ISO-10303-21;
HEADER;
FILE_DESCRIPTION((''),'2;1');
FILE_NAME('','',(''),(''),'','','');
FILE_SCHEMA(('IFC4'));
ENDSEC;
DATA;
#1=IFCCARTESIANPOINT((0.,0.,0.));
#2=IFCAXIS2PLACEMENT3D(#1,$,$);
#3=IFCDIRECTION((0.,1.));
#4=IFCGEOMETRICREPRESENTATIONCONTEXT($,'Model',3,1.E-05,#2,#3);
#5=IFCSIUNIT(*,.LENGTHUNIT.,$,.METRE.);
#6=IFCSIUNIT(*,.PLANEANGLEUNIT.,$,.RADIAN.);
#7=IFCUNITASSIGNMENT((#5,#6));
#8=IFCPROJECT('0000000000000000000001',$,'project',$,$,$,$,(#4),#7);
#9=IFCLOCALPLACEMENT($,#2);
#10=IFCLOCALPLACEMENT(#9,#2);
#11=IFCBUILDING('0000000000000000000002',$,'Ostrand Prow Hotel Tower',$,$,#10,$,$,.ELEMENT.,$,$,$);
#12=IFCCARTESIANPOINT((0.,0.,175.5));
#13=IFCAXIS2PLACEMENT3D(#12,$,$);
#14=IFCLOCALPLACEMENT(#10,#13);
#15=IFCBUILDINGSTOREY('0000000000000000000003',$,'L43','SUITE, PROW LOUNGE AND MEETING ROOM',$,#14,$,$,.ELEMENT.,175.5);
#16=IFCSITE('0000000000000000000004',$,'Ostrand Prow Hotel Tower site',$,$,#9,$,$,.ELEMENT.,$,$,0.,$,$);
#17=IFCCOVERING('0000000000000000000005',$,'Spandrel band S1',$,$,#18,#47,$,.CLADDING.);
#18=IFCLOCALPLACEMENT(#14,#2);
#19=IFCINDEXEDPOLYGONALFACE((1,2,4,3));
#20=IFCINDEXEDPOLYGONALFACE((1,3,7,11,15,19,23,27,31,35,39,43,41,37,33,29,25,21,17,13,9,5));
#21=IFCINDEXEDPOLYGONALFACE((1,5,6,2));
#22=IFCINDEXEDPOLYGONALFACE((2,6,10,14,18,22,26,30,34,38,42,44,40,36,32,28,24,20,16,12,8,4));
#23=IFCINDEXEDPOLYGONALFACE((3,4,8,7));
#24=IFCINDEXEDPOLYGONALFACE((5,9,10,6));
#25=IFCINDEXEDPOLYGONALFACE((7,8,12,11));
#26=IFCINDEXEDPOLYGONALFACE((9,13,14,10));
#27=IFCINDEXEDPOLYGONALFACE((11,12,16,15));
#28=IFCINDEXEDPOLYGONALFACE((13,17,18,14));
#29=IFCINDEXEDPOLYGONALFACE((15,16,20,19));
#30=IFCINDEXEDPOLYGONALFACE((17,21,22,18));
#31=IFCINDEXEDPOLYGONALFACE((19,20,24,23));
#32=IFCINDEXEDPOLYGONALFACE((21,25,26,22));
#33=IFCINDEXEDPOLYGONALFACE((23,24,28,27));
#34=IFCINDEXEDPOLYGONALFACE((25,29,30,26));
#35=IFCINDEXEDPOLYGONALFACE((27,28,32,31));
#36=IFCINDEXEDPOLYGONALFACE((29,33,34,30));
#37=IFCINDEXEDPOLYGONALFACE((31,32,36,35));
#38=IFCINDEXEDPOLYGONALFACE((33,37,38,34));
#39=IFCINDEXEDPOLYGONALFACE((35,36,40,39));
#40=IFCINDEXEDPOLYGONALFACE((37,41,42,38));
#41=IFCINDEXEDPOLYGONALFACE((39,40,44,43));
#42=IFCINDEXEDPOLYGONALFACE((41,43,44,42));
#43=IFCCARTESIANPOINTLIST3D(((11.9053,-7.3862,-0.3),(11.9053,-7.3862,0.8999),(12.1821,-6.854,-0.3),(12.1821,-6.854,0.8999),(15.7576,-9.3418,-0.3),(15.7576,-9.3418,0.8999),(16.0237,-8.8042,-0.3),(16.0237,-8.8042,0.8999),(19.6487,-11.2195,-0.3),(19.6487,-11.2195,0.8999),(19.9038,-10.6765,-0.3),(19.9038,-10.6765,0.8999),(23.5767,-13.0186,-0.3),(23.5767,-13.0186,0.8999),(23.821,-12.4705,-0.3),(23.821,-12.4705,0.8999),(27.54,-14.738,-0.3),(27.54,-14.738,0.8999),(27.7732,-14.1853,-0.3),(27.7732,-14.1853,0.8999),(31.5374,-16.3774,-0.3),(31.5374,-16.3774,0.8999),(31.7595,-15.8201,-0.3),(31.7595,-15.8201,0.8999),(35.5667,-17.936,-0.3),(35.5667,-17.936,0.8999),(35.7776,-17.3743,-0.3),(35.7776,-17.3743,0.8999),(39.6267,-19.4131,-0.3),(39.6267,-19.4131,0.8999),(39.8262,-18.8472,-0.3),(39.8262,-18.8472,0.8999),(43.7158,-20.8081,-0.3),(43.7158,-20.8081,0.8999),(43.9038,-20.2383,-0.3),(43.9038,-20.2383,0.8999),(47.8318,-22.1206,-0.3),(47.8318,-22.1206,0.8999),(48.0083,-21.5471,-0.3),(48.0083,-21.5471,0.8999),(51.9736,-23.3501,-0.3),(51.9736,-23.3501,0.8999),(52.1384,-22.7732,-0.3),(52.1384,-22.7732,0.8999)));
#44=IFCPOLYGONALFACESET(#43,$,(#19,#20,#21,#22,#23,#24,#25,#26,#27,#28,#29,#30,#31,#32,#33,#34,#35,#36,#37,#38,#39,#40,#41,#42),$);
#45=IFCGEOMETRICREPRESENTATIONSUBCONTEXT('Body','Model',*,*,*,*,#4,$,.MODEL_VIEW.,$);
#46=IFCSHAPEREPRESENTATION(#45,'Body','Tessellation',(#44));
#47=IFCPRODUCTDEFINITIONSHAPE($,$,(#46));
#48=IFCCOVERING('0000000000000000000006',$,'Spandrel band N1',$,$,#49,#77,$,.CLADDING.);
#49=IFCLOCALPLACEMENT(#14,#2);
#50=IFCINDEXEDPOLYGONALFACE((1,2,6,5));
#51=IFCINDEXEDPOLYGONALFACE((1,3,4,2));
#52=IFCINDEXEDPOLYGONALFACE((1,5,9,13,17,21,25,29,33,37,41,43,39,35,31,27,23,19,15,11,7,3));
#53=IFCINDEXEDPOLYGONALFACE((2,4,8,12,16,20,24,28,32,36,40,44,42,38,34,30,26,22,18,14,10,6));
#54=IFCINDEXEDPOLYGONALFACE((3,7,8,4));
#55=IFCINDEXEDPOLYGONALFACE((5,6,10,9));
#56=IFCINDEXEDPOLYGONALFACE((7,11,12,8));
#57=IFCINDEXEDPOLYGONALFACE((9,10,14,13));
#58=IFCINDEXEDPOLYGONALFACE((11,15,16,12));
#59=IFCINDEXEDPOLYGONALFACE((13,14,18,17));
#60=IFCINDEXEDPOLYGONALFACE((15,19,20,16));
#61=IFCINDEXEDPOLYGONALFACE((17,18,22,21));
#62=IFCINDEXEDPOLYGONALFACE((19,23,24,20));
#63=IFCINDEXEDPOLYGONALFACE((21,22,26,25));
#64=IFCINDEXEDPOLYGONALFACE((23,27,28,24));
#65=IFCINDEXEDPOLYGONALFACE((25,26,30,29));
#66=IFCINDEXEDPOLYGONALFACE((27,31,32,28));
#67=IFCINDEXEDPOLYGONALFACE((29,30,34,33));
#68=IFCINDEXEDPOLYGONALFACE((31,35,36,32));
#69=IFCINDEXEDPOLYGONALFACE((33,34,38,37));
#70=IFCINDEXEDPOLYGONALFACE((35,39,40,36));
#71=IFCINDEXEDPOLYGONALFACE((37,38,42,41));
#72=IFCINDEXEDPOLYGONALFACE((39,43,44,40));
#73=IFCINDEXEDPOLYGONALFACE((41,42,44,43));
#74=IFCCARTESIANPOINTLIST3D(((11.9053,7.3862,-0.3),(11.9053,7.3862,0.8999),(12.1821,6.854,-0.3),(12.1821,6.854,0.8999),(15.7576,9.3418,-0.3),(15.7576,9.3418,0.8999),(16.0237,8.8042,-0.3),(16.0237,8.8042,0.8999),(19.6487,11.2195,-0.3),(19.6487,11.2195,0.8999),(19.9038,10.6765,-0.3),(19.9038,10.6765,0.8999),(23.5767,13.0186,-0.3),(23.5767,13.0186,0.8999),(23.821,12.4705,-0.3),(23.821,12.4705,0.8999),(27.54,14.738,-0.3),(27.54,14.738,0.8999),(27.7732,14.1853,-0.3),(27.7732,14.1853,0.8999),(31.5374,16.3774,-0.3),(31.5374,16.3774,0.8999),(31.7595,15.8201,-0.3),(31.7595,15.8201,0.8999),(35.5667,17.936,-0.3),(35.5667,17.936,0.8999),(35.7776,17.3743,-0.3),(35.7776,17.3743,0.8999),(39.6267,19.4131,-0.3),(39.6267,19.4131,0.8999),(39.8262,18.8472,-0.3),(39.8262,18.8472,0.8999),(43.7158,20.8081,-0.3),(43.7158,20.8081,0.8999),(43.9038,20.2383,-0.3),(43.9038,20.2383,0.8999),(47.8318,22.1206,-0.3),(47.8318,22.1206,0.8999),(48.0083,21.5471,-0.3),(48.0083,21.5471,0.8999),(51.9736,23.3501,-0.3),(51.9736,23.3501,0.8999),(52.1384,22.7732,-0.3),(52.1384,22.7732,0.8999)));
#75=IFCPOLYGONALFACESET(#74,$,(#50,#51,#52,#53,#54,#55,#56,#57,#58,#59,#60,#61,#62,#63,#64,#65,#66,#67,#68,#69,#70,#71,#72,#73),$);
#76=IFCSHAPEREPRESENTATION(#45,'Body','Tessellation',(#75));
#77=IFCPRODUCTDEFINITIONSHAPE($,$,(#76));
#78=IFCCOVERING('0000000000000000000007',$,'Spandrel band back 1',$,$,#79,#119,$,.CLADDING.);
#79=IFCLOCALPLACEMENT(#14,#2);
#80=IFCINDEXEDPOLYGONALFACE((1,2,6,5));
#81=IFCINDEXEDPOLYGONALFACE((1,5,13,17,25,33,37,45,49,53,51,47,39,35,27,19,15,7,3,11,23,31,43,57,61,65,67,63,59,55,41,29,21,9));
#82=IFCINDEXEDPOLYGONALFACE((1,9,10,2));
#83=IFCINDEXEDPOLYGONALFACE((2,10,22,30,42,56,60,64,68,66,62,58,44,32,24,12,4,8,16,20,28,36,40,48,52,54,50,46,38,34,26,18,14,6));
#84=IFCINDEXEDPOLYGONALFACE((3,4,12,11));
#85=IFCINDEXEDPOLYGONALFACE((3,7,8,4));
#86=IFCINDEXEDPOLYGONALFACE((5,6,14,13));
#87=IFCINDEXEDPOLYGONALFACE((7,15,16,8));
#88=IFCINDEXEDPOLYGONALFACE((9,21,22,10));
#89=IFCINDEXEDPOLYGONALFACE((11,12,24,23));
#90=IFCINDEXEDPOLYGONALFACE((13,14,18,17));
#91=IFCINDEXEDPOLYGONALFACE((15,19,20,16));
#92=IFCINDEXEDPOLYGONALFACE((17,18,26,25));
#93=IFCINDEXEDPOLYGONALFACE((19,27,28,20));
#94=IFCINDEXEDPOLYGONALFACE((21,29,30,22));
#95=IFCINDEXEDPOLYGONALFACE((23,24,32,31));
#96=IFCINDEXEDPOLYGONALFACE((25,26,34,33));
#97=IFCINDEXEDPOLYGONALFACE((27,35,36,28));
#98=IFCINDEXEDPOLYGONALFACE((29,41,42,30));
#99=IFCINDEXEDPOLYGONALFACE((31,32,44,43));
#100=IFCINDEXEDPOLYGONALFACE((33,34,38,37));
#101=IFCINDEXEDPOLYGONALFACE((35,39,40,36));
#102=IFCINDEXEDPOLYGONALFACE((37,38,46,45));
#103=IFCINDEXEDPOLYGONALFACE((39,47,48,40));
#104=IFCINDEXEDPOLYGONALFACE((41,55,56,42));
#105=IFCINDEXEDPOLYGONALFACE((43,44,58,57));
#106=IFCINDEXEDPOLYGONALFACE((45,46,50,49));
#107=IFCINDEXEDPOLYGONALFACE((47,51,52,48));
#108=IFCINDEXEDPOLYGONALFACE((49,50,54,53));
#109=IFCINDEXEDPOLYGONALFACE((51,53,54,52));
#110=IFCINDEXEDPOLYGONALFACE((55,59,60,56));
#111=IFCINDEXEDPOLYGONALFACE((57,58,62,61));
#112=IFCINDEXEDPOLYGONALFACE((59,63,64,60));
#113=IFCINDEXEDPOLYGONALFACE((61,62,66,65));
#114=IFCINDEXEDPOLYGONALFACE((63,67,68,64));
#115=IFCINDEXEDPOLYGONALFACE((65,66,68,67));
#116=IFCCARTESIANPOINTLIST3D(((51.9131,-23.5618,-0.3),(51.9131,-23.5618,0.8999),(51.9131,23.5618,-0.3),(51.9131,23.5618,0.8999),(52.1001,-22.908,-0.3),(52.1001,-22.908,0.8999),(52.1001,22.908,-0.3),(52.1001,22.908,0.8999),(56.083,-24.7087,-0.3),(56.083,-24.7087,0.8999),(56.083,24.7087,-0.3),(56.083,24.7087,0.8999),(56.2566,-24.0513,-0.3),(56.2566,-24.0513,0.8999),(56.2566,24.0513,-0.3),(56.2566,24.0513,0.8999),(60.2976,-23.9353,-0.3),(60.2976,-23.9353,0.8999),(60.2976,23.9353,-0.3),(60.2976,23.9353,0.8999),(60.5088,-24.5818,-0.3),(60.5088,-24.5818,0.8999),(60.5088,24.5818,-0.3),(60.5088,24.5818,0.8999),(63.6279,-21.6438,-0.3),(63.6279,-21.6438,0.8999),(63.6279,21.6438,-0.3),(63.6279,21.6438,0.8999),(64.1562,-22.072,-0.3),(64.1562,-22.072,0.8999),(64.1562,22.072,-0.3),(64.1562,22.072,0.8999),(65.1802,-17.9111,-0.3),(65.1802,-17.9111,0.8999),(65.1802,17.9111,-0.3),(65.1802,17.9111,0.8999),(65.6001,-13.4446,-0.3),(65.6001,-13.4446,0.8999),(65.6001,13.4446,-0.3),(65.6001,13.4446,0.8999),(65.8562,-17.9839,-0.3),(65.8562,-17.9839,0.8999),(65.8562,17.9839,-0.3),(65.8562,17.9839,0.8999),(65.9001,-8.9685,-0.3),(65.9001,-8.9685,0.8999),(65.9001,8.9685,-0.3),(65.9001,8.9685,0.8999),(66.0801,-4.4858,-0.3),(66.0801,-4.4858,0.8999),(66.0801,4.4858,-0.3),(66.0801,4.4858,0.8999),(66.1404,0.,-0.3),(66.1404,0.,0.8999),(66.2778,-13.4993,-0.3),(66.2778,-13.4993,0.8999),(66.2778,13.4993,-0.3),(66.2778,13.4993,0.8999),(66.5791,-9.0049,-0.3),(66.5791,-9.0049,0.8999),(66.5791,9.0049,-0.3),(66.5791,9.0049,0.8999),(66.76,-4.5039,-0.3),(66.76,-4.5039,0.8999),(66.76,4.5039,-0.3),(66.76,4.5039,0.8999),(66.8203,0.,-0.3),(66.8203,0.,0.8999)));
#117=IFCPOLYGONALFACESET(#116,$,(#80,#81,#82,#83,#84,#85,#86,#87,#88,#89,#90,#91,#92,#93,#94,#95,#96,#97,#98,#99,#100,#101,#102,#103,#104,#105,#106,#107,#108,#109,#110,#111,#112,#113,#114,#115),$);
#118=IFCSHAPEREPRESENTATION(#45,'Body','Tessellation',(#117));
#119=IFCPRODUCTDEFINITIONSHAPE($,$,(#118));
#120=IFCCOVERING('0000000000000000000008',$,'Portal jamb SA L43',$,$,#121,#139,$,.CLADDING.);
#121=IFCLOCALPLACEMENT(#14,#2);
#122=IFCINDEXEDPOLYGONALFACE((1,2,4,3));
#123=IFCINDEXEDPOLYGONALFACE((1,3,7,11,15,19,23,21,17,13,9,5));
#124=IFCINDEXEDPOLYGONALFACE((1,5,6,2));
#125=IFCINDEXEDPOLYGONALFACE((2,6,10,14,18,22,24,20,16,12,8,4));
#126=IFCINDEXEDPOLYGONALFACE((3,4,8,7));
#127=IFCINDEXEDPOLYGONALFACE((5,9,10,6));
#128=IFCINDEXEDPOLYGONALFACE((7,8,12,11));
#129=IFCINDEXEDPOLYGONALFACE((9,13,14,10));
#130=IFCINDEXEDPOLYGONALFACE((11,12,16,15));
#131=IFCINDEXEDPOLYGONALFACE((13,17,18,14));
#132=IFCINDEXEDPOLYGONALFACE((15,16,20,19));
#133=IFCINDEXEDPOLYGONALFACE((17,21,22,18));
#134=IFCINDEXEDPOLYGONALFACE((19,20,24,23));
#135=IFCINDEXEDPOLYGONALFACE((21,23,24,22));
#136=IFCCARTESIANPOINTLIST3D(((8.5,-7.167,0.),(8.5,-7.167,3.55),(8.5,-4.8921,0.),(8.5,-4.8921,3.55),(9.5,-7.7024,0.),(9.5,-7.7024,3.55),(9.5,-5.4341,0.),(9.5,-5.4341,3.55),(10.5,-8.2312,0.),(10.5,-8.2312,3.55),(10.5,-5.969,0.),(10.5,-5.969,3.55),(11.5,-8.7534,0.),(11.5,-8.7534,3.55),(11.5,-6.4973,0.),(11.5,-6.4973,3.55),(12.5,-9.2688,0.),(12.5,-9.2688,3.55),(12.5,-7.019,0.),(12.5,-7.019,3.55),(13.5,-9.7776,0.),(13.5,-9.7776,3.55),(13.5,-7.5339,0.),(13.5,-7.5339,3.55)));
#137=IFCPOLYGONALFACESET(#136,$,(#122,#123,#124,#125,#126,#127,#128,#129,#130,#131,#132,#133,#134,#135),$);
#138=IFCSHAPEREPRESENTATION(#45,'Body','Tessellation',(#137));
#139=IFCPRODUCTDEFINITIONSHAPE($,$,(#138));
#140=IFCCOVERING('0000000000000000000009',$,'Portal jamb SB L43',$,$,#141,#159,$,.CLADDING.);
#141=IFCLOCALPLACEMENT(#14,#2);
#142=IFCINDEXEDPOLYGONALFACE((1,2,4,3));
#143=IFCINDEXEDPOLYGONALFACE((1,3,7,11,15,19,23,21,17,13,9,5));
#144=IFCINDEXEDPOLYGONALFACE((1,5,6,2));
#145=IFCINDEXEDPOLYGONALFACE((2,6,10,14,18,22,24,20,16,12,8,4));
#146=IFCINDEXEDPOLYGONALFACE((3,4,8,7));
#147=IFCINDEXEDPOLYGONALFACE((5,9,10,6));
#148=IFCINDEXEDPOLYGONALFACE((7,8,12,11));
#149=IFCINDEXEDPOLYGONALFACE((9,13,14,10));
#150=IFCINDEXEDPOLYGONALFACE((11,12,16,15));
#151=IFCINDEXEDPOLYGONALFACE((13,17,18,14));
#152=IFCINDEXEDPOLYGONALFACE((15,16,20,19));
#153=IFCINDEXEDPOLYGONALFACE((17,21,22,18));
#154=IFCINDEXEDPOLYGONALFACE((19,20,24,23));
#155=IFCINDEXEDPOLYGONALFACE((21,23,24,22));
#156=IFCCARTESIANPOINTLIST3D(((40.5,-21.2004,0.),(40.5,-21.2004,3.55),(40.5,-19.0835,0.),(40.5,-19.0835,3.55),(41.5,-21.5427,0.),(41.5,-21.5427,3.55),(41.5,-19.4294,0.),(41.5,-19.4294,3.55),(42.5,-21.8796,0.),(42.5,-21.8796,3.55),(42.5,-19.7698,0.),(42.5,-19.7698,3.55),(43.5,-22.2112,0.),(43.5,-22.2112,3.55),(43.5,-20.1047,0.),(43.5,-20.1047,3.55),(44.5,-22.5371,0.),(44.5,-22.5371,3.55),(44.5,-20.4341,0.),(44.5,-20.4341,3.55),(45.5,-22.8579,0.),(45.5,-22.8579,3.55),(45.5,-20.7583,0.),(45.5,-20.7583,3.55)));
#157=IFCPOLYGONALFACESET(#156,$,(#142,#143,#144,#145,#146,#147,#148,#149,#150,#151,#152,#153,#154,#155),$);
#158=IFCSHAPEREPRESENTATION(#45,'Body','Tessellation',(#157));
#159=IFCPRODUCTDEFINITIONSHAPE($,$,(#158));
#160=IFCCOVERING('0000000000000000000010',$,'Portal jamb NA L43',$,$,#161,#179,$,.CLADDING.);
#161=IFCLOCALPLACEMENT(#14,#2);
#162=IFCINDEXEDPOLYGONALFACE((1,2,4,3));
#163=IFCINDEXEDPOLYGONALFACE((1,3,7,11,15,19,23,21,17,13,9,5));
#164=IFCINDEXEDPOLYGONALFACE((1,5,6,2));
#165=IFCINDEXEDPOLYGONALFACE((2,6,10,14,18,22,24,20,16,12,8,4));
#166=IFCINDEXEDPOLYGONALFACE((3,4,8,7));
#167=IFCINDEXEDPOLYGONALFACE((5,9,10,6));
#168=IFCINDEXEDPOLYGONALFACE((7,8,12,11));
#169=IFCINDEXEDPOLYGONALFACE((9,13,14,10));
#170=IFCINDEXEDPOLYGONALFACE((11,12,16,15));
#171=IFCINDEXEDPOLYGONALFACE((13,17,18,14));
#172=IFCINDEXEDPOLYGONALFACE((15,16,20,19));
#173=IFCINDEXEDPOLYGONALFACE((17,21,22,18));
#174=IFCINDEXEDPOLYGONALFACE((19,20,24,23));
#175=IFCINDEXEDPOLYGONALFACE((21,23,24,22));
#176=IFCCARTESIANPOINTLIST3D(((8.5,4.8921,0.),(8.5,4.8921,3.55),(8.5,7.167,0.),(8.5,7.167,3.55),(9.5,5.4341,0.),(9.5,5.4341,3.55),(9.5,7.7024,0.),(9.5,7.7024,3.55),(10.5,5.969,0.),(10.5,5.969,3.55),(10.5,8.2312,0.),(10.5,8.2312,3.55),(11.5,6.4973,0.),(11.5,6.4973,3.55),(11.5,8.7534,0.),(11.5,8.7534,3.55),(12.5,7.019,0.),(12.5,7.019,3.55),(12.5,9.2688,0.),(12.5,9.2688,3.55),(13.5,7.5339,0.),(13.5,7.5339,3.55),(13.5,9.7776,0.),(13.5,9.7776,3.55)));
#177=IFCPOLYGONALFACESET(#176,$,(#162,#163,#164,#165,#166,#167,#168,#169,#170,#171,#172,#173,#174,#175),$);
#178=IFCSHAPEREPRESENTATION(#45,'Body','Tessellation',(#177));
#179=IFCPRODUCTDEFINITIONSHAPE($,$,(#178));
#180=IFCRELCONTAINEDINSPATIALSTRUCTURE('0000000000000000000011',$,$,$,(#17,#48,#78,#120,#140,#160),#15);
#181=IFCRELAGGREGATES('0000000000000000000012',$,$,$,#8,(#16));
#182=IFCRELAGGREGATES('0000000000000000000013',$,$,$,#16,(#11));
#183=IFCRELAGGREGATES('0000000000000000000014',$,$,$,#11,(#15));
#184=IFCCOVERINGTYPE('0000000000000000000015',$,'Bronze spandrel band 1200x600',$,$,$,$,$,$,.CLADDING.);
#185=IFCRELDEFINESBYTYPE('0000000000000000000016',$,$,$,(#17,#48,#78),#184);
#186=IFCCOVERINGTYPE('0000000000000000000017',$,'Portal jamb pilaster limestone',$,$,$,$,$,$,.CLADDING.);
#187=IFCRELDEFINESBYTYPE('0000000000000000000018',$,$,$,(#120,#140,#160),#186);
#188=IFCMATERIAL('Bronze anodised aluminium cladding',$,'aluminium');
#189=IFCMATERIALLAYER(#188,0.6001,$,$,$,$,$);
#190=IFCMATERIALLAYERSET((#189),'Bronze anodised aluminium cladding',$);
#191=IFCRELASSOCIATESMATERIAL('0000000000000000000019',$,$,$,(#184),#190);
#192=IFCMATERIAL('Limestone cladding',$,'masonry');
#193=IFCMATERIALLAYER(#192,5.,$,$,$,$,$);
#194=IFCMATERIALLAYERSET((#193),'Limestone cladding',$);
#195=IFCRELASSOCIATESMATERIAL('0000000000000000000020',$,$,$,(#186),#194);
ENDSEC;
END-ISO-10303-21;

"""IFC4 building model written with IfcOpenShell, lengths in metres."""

from ifc_helpers import new_model, si_unit, direction, frame, origin, place, context, subcontext, project, spatial, polyline, outline, extrude, material, layer, layer_set, type_object, element, save


model = new_model("IFC4")

# Units and contexts
model_context = context("Model", 3, precision=1e-05, world=origin(), true_north=direction((0.0, 1.0)))
body_context = subcontext(model_context, "Body", "Model", "MODEL_VIEW")
ifc_project = project(units=[si_unit("LENGTHUNIT", "METRE"), si_unit("PLANEANGLEUNIT", "RADIAN")], contexts=[model_context])

# Site, building, storey
site_placement = place(None, origin())
site = spatial("IfcSite", under=ifc_project, at=site_placement, Name="Ostrand Prow Hotel Tower site", CompositionType="ELEMENT", RefElevation=0.0)
building_placement = place(site_placement, origin())
building = spatial("IfcBuilding", under=site, at=building_placement, Name="Ostrand Prow Hotel Tower", CompositionType="ELEMENT")
storey_placement = place(building_placement, frame((0.0, 0.0, 175.5)))
storey = spatial("IfcBuildingStorey", under=building, at=storey_placement, Name="L43", Description="SUITE, PROW LOUNGE AND MEETING ROOM", CompositionType="ELEMENT", Elevation=175.5)

# Coverings
ifc_material_1 = material(Name="Bronze anodised aluminium cladding", Category="aluminium")
ifc_layer_1 = layer(ifc_material_1, 0.6001)
ifc_layer_set_1 = layer_set([ifc_layer_1], Name="Bronze anodised aluminium cladding")
covering_type_1 = type_object("IfcCoveringType", Name="Bronze spandrel band 1200x600", PredefinedType="CLADDING", material=ifc_layer_set_1)
covering_1_placement = place(storey_placement, frame((0.0, 0.0, -0.3)))
element("IfcCovering", 1, at=covering_1_placement, inside=storey, type_object=covering_type_1, Name="Spandrel band S1", PredefinedType="CLADDING", context=body_context, shape_type="SweptSolid", body=[
    extrude(outline(polyline([(11.9053, -7.3862), (15.7576, -9.3418), (19.6487, -11.2195), (23.5767, -13.0186), (27.54, -14.738), (31.5374, -16.3774), (35.5667, -17.936), (39.6267, -19.4131), (43.7158, -20.8081), (47.8318, -22.1206), (51.9736, -23.3501), (52.1384, -22.7732), (48.0083, -21.5471), (43.9038, -20.2383), (39.8262, -18.8472), (35.7776, -17.3743), (31.7595, -15.8201), (27.7732, -14.1853), (23.821, -12.4705), (19.9038, -10.6765), (16.0237, -8.8042), (12.1821, -6.854), (11.9053, -7.3862)])), origin(), (0.0, 0.0, 1.0), 1.2),
])
covering_2_placement = place(storey_placement, frame((0.0, 0.0, -0.3)))
element("IfcCovering", 2, at=covering_2_placement, inside=storey, type_object=covering_type_1, Name="Spandrel band N1", PredefinedType="CLADDING", context=body_context, shape_type="SweptSolid", body=[
    extrude(outline(polyline([(51.9736, 23.3501), (47.8318, 22.1206), (43.7158, 20.8081), (39.6267, 19.4131), (35.5667, 17.936), (31.5374, 16.3774), (27.54, 14.738), (23.5767, 13.0186), (19.6487, 11.2195), (15.7576, 9.3418), (11.9053, 7.3862), (12.1821, 6.854), (16.0237, 8.8042), (19.9038, 10.6765), (23.821, 12.4705), (27.7732, 14.1853), (31.7595, 15.8201), (35.7776, 17.3743), (39.8262, 18.8472), (43.9038, 20.2383), (48.0083, 21.5471), (52.1384, 22.7732), (51.9736, 23.3501)])), origin(), (0.0, 0.0, 1.0), 1.2),
])
covering_3_placement = place(storey_placement, frame((0.0, 0.0, -0.3)))
element("IfcCovering", 3, at=covering_3_placement, inside=storey, type_object=covering_type_1, Name="Spandrel band back 1", PredefinedType="CLADDING", context=body_context, shape_type="SweptSolid", body=[
    extrude(outline(polyline([(51.9131, -23.5618), (56.083, -24.7087), (60.5088, -24.5818), (64.1562, -22.072), (65.8562, -17.9839), (66.2778, -13.4993), (66.5791, -9.0049), (66.76, -4.5039), (66.8203, 0.0), (66.76, 4.5039), (66.5791, 9.0049), (66.2778, 13.4993), (65.8562, 17.9839), (64.1562, 22.072), (60.5088, 24.5818), (56.083, 24.7087), (51.9131, 23.5618), (52.1001, 22.908), (56.2566, 24.0513), (60.2976, 23.9353), (63.6279, 21.6438), (65.1802, 17.9111), (65.6001, 13.4446), (65.9001, 8.9685), (66.0801, 4.4858), (66.1404, 0.0), (66.0801, -4.4858), (65.9001, -8.9685), (65.6001, -13.4446), (65.1802, -17.9111), (63.6279, -21.6438), (60.2976, -23.9353), (56.2566, -24.0513), (52.1001, -22.908), (51.9131, -23.5618)])), origin(), (0.0, 0.0, 1.0), 1.2),
])
ifc_material_2 = material(Name="Limestone cladding", Category="masonry")
ifc_layer_2 = layer(ifc_material_2, 5.0)
ifc_layer_set_2 = layer_set([ifc_layer_2], Name="Limestone cladding")
covering_type_2 = type_object("IfcCoveringType", Name="Portal jamb pilaster limestone", PredefinedType="CLADDING", material=ifc_layer_set_2)
covering_4_placement = place(storey_placement, origin())
element("IfcCovering", 4, at=covering_4_placement, inside=storey, type_object=covering_type_2, Name="Portal jamb SA L43", PredefinedType="CLADDING", context=body_context, shape_type="SweptSolid", body=[
    extrude(outline(polyline([(8.5, -4.8921), (8.5, -7.167), (9.5, -7.7024), (10.5, -8.2312), (11.5, -8.7534), (12.5, -9.2688), (13.5, -9.7776), (13.5, -7.5339), (12.5, -7.019), (11.5, -6.4973), (10.5, -5.969), (9.5, -5.4341), (8.5, -4.8921)])), origin(), (0.0, 0.0, 1.0), 3.55),
])
covering_5_placement = place(storey_placement, origin())
element("IfcCovering", 5, at=covering_5_placement, inside=storey, type_object=covering_type_2, Name="Portal jamb SB L43", PredefinedType="CLADDING", context=body_context, shape_type="SweptSolid", body=[
    extrude(outline(polyline([(40.5, -19.0835), (40.5, -21.2004), (41.5, -21.5427), (42.5, -21.8796), (43.5, -22.2112), (44.5, -22.5371), (45.5, -22.8579), (45.5, -20.7583), (44.5, -20.4341), (43.5, -20.1047), (42.5, -19.7698), (41.5, -19.4294), (40.5, -19.0835)])), origin(), (0.0, 0.0, 1.0), 3.55),
])
covering_6_placement = place(storey_placement, origin())
element("IfcCovering", 6, at=covering_6_placement, inside=storey, type_object=covering_type_2, Name="Portal jamb NA L43", PredefinedType="CLADDING", context=body_context, shape_type="SweptSolid", body=[
    extrude(outline(polyline([(8.5, 4.8921), (9.5, 5.4341), (10.5, 5.969), (11.5, 6.4973), (12.5, 7.019), (13.5, 7.5339), (13.5, 9.7776), (12.5, 9.2688), (11.5, 8.7534), (10.5, 8.2312), (9.5, 7.7024), (8.5, 7.167), (8.5, 4.8921)])), origin(), (0.0, 0.0, 1.0), 3.55),
])

save(model, "model.ifc")
